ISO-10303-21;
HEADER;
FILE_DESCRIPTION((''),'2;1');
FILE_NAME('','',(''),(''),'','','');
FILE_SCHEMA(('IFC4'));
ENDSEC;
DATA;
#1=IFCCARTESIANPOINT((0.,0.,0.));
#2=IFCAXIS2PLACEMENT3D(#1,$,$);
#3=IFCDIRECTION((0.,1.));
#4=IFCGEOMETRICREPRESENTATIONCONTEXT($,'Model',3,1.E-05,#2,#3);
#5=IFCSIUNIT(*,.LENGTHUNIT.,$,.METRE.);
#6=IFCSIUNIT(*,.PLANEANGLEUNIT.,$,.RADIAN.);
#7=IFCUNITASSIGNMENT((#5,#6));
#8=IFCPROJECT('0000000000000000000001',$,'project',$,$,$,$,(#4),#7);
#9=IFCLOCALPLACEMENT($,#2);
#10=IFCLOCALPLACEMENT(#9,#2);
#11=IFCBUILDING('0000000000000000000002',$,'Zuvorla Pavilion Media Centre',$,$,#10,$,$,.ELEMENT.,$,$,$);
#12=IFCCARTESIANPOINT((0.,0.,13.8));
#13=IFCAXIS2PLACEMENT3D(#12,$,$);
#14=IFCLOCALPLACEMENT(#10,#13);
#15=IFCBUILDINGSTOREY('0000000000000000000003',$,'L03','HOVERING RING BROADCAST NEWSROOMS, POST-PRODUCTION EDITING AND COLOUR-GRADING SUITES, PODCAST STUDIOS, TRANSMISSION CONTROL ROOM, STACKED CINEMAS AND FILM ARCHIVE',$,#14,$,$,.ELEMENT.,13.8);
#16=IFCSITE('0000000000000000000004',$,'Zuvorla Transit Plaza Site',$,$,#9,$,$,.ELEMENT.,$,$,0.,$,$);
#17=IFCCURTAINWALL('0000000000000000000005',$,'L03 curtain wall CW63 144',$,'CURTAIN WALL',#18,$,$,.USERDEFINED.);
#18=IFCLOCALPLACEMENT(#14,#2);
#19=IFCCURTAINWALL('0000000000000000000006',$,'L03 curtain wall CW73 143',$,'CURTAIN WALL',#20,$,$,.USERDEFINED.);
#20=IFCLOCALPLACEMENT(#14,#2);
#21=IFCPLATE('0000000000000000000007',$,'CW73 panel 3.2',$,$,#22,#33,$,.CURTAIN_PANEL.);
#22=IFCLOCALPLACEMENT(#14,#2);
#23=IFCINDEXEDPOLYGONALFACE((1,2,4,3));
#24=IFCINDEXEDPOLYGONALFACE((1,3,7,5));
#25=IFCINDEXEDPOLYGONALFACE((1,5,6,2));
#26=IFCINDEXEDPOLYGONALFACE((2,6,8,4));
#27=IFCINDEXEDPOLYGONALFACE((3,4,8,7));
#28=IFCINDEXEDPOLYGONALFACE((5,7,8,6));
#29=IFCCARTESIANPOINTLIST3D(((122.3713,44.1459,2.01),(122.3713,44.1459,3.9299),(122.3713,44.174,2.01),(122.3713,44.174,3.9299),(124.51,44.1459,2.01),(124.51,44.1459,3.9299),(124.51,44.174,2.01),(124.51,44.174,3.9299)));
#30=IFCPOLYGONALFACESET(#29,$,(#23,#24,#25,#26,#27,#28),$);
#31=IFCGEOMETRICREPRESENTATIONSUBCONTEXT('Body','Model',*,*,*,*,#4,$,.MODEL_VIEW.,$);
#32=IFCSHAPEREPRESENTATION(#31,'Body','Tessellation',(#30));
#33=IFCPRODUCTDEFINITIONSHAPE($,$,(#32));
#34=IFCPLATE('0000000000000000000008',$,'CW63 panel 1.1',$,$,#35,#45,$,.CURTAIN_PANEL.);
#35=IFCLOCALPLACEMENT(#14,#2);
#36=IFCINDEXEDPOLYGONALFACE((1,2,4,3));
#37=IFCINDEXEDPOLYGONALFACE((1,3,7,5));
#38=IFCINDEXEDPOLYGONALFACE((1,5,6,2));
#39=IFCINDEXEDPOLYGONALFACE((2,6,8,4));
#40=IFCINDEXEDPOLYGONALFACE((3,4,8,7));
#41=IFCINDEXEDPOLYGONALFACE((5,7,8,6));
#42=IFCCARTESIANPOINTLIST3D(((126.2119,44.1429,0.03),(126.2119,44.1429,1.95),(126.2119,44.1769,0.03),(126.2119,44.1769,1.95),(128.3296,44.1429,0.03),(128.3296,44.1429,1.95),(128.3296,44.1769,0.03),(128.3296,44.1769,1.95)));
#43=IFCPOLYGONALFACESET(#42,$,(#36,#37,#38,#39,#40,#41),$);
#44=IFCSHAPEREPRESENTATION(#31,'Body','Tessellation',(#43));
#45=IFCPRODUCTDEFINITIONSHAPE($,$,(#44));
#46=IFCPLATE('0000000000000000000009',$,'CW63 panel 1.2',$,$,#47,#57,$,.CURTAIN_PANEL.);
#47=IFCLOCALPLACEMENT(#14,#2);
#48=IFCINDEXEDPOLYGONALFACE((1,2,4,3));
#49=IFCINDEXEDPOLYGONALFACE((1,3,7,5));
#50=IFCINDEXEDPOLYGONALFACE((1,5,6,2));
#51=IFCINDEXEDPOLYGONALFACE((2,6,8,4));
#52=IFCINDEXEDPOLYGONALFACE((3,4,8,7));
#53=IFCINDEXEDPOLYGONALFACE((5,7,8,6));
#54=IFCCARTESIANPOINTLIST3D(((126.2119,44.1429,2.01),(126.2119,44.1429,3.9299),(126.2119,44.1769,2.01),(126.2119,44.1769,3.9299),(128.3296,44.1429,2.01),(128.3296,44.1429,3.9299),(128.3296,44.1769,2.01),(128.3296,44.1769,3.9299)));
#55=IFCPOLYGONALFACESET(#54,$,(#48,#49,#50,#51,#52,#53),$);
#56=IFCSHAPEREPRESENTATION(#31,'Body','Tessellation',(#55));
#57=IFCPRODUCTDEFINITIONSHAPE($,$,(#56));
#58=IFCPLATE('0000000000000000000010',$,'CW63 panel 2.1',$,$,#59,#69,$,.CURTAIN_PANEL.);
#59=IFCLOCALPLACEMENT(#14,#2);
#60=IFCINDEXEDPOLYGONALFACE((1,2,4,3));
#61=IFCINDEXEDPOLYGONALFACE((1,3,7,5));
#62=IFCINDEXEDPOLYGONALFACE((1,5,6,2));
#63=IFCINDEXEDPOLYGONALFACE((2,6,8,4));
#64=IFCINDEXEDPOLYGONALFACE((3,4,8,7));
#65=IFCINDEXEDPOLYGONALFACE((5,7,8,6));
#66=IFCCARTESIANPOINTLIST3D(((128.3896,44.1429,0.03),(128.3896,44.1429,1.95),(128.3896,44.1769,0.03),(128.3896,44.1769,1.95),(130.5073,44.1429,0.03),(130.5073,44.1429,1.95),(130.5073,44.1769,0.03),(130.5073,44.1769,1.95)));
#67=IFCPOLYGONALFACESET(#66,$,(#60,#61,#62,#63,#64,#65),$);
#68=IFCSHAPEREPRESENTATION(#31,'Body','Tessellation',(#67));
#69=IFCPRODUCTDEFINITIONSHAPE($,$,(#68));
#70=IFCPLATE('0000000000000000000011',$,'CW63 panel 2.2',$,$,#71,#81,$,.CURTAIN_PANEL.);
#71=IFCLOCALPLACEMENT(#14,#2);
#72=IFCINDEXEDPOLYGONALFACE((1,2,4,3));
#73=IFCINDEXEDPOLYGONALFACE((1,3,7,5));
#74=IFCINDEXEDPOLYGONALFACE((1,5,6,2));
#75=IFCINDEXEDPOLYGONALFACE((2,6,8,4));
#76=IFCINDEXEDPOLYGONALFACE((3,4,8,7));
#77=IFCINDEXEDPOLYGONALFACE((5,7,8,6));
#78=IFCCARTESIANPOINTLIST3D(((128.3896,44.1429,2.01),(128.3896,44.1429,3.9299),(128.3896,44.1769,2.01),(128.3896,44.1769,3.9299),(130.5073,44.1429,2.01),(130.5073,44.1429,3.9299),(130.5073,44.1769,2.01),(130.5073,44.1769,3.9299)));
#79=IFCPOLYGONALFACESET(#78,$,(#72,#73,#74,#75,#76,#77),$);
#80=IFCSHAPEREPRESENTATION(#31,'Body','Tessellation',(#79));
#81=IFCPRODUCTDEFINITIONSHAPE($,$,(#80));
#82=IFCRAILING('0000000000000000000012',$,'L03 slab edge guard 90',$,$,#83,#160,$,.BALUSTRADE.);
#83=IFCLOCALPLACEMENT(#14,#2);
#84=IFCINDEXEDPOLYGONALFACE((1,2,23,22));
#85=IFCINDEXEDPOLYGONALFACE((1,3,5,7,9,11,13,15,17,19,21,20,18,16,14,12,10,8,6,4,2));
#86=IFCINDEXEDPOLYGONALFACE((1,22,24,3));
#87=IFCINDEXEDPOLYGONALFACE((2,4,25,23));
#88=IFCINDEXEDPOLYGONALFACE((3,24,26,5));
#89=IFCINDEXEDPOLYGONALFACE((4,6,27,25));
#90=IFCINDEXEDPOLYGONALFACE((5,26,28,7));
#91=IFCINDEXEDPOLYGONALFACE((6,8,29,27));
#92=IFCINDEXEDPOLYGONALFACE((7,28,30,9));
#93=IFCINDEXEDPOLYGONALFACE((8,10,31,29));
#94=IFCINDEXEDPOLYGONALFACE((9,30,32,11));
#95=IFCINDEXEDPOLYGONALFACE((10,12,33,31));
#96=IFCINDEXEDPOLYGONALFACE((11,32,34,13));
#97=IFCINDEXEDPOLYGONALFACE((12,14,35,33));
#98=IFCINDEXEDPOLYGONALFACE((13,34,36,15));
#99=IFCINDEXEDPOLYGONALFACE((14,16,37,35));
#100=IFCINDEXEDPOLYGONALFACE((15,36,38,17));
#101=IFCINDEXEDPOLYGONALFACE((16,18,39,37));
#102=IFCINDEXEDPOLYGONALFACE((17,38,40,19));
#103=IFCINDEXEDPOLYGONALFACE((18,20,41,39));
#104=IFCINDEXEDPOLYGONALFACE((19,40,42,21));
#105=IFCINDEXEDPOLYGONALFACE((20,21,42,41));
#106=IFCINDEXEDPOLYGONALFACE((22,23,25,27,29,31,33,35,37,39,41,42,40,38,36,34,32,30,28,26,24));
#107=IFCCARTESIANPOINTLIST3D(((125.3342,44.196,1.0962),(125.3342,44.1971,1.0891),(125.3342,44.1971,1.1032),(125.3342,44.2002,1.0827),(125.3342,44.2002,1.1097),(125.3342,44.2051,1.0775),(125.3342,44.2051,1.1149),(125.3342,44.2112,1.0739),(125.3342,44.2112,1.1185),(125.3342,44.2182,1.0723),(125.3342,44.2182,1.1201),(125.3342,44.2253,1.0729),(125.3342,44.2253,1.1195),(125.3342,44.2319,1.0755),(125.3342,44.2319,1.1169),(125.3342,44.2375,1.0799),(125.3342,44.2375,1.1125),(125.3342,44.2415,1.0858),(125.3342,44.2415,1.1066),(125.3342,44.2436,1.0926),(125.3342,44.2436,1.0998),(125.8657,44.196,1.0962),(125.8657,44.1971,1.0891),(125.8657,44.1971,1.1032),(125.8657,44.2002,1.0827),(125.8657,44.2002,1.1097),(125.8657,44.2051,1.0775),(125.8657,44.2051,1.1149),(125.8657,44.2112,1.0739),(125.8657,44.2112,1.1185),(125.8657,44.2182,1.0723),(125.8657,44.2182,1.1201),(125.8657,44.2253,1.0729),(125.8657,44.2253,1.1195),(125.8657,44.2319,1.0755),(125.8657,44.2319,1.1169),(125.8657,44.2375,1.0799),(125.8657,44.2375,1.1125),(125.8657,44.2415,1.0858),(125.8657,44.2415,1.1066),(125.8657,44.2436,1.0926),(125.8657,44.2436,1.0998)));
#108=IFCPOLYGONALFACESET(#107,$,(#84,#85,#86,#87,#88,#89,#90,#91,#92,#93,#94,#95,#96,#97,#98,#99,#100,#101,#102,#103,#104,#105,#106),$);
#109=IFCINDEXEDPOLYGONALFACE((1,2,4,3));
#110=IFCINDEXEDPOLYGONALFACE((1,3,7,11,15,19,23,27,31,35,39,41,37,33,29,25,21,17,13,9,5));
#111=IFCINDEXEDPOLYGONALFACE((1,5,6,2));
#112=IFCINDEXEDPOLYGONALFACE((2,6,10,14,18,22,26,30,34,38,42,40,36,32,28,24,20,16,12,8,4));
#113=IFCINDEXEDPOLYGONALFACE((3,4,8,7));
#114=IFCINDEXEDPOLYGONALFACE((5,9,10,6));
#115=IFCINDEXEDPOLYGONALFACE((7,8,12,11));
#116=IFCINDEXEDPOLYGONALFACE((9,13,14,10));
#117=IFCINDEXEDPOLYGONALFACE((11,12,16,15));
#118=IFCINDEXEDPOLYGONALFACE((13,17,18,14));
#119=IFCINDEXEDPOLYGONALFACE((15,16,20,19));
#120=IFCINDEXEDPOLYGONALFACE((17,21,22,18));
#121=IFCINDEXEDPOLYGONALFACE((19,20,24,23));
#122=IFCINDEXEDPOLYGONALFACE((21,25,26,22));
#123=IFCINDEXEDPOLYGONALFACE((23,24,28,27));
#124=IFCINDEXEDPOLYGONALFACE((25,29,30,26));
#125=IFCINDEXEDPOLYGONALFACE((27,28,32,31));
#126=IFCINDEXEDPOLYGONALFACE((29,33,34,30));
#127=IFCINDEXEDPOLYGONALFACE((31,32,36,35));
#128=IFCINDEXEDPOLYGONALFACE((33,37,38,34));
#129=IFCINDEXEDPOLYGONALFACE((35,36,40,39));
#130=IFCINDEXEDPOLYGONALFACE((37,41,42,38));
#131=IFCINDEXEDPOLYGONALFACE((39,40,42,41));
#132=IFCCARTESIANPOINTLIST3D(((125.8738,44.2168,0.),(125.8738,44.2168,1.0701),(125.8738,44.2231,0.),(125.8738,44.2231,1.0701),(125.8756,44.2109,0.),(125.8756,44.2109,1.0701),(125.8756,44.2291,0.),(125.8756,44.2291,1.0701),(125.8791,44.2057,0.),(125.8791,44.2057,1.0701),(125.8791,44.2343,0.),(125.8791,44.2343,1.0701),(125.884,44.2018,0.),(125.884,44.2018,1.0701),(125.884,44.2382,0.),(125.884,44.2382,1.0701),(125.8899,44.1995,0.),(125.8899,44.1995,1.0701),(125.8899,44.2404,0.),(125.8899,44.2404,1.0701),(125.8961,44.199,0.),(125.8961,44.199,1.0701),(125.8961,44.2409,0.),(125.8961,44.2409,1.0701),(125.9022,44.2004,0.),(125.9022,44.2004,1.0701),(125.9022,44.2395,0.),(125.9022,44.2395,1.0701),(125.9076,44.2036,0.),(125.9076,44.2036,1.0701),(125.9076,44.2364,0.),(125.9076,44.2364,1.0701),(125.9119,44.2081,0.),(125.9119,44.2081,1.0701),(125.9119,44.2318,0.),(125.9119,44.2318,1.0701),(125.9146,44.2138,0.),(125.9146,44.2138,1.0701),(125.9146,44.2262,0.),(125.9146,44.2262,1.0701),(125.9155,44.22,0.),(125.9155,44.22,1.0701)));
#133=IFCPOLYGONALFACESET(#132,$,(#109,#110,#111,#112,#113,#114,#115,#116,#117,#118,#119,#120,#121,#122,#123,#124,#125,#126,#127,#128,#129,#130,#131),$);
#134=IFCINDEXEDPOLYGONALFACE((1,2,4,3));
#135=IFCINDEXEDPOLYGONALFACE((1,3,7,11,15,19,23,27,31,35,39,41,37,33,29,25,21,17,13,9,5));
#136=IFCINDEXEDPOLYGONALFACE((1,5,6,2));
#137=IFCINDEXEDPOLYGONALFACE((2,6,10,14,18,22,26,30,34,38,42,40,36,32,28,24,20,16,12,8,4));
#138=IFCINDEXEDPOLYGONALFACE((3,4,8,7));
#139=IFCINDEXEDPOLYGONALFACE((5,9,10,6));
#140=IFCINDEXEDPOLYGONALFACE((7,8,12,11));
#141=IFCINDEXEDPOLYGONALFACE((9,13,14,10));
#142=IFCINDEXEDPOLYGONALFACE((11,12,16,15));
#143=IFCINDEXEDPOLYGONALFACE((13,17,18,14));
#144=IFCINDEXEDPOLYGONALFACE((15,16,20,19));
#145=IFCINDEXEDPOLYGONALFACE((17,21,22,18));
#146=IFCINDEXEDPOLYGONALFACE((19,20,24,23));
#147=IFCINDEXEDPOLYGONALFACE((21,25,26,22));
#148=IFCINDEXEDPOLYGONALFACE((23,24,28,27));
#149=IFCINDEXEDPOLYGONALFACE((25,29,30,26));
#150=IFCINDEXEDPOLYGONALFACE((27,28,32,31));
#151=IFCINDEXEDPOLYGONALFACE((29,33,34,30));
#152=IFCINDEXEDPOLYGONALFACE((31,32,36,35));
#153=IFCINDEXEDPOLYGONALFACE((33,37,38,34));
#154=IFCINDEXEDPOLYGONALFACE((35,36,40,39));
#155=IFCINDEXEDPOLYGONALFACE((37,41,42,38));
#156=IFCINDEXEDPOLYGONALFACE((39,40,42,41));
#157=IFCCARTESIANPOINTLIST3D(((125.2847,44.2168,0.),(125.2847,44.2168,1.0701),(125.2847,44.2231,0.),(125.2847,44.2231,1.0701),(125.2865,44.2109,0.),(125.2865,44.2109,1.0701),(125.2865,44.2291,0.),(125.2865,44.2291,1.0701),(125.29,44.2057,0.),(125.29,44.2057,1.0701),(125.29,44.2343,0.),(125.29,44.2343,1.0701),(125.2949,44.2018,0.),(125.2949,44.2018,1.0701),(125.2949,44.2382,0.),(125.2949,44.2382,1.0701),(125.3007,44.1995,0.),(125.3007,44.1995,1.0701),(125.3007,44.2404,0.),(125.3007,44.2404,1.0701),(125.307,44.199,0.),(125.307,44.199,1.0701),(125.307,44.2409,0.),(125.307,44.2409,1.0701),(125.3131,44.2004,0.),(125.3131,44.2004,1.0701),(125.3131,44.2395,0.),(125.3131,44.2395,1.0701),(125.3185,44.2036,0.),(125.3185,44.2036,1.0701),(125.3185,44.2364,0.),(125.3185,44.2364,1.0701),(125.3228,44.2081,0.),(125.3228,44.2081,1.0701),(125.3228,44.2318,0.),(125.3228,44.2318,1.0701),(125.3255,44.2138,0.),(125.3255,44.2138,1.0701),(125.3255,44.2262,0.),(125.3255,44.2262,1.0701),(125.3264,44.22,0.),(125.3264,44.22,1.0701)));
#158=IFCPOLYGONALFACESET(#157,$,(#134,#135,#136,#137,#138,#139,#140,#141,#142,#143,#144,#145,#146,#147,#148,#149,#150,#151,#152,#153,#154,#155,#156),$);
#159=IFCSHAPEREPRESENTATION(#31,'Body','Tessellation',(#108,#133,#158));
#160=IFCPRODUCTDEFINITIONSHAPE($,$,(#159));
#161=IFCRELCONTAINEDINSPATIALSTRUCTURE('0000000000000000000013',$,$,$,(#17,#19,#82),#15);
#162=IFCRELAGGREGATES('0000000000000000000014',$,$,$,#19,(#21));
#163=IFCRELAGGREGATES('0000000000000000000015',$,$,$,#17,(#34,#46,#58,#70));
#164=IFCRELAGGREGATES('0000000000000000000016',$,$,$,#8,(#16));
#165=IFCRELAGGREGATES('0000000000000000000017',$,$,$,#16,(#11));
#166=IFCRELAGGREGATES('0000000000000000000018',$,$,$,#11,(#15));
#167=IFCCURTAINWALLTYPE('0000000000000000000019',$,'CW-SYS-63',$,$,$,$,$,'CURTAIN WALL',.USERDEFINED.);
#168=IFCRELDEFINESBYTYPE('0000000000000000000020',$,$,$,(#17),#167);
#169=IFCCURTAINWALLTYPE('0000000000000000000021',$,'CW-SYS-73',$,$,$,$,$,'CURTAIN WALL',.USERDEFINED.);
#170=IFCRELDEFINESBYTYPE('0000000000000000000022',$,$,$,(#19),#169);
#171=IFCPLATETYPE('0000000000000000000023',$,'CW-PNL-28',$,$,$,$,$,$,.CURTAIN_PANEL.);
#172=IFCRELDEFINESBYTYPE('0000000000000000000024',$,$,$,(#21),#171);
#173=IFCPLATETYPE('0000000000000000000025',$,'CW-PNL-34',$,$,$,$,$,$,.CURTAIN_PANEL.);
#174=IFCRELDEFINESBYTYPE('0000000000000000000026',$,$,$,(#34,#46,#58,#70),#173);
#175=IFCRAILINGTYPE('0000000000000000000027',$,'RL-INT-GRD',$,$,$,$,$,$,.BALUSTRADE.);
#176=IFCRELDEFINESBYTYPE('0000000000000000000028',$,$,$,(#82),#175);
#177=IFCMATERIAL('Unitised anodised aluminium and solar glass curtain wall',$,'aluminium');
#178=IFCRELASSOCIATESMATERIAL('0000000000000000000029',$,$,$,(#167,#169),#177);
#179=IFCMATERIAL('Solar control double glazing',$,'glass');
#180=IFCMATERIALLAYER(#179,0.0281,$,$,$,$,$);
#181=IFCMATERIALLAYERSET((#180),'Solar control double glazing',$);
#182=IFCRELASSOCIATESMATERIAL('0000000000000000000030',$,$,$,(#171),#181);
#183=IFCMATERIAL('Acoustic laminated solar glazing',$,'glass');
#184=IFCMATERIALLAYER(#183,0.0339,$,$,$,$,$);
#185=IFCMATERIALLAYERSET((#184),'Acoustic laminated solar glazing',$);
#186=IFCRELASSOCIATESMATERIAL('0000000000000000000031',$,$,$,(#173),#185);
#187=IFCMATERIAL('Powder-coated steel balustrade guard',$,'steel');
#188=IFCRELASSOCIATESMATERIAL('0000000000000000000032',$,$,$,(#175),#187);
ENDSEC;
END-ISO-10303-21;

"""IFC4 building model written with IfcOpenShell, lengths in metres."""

from ifc_helpers import new_model, si_unit, direction, frame, origin, origin_2d, place, context, subcontext, project, spatial, rectangle, circle, extrude, material, layer, layer_set, type_object, element, aggregate, save


model = new_model("IFC4")

# Units and contexts
model_context = context("Model", 3, precision=1e-05, world=origin(), true_north=direction((0.0, 1.0)))
body_context = subcontext(model_context, "Body", "Model", "MODEL_VIEW")
ifc_project = project(units=[si_unit("LENGTHUNIT", "METRE"), si_unit("PLANEANGLEUNIT", "RADIAN")], contexts=[model_context])

# Site, building, storey
site_placement = place(None, origin())
site = spatial("IfcSite", under=ifc_project, at=site_placement, Name="Zuvorla Transit Plaza Site", CompositionType="ELEMENT", RefElevation=0.0)
building_placement = place(site_placement, origin())
building = spatial("IfcBuilding", under=site, at=building_placement, Name="Zuvorla Pavilion Media Centre", CompositionType="ELEMENT")
storey_placement = place(building_placement, frame((0.0, 0.0, 13.8)))
storey = spatial("IfcBuildingStorey", under=building, at=storey_placement, Name="L03", Description="HOVERING RING BROADCAST NEWSROOMS, POST-PRODUCTION EDITING AND COLOUR-GRADING SUITES, PODCAST STUDIOS, TRANSMISSION CONTROL ROOM, STACKED CINEMAS AND FILM ARCHIVE", CompositionType="ELEMENT", Elevation=13.8)

# Curtain walls
ifc_material_1 = material(Name="Unitised anodised aluminium and solar glass curtain wall", Category="aluminium")
curtain_wall_type_1 = type_object("IfcCurtainWallType", Name="CW-SYS-63", ElementType="CURTAIN WALL", PredefinedType="USERDEFINED", material=ifc_material_1)
curtain_wall_1_placement = place(storey_placement, origin())
curtain_wall_1 = element("IfcCurtainWall", 1, at=curtain_wall_1_placement, inside=storey, type_object=curtain_wall_type_1, Name="L03 curtain wall CW63 144", ObjectType="CURTAIN WALL", PredefinedType="USERDEFINED")
curtain_wall_type_2 = type_object("IfcCurtainWallType", Name="CW-SYS-73", ElementType="CURTAIN WALL", PredefinedType="USERDEFINED", material=ifc_material_1)
curtain_wall_2_placement = place(storey_placement, origin())
curtain_wall_2 = element("IfcCurtainWall", 2, at=curtain_wall_2_placement, inside=storey, type_object=curtain_wall_type_2, Name="L03 curtain wall CW73 143", ObjectType="CURTAIN WALL", PredefinedType="USERDEFINED")

# Plates
ifc_material_2 = material(Name="Solar control double glazing", Category="glass")
ifc_layer_1 = layer(ifc_material_2, 0.0281)
ifc_layer_set_1 = layer_set([ifc_layer_1], Name="Solar control double glazing")
plate_type_1 = type_object("IfcPlateType", Name="CW-PNL-28", PredefinedType="CURTAIN_PANEL", material=ifc_layer_set_1)
plate_1_placement = place(storey_placement, frame((123.4407, 44.1599, 2.01), z_axis=(0.0, 0.0, 1.0), x_axis=(1.0, 0.0, 0.0)))
plate_1 = element("IfcPlate", 3, at=plate_1_placement, type_object=plate_type_1, Name="CW73 panel 3.2", PredefinedType="CURTAIN_PANEL", context=body_context, shape_type="SweptSolid", body=[
    extrude(rectangle(XDim=2.1387, YDim=0.0281, at=origin_2d()), origin(), (0.0, 0.0, 1.0), 1.9199),
])
aggregate(curtain_wall_2, [plate_1])
ifc_material_3 = material(Name="Acoustic laminated solar glazing", Category="glass")
ifc_layer_2 = layer(ifc_material_3, 0.0339)
ifc_layer_set_2 = layer_set([ifc_layer_2], Name="Acoustic laminated solar glazing")
plate_type_2 = type_object("IfcPlateType", Name="CW-PNL-34", PredefinedType="CURTAIN_PANEL", material=ifc_layer_set_2)
plate_2_placement = place(storey_placement, frame((127.2708, 44.1599, 0.03), z_axis=(0.0, 0.0, 1.0), x_axis=(1.0, 0.0, 0.0)))
plate_2 = element("IfcPlate", 4, at=plate_2_placement, type_object=plate_type_2, Name="CW63 panel 1.1", PredefinedType="CURTAIN_PANEL", context=body_context, shape_type="SweptSolid", body=[
    extrude(rectangle(XDim=2.1177, YDim=0.0339, at=origin_2d()), origin(), (0.0, 0.0, 1.0), 1.9199),
])
plate_3_placement = place(storey_placement, frame((127.2708, 44.1599, 2.01), z_axis=(0.0, 0.0, 1.0), x_axis=(1.0, 0.0, 0.0)))
plate_3 = element("IfcPlate", 5, at=plate_3_placement, type_object=plate_type_2, Name="CW63 panel 1.2", PredefinedType="CURTAIN_PANEL", context=body_context, shape_type="SweptSolid", body=[
    extrude(rectangle(XDim=2.1177, YDim=0.0339, at=origin_2d()), origin(), (0.0, 0.0, 1.0), 1.9199),
])
plate_4_placement = place(storey_placement, frame((129.4485, 44.1599, 0.03), z_axis=(0.0, 0.0, 1.0), x_axis=(1.0, 0.0, 0.0)))
plate_4 = element("IfcPlate", 6, at=plate_4_placement, type_object=plate_type_2, Name="CW63 panel 2.1", PredefinedType="CURTAIN_PANEL", context=body_context, shape_type="SweptSolid", body=[
    extrude(rectangle(XDim=2.1177, YDim=0.0339, at=origin_2d()), origin(), (0.0, 0.0, 1.0), 1.9199),
])
plate_5_placement = place(storey_placement, frame((129.4485, 44.1599, 2.01), z_axis=(0.0, 0.0, 1.0), x_axis=(1.0, 0.0, 0.0)))
plate_5 = element("IfcPlate", 7, at=plate_5_placement, type_object=plate_type_2, Name="CW63 panel 2.2", PredefinedType="CURTAIN_PANEL", context=body_context, shape_type="SweptSolid", body=[
    extrude(rectangle(XDim=2.1177, YDim=0.0339, at=origin_2d()), origin(), (0.0, 0.0, 1.0), 1.9199),
])
aggregate(curtain_wall_1, [plate_2, plate_3, plate_4, plate_5])

# Railing
ifc_material_4 = material(Name="Powder-coated steel balustrade guard", Category="steel")
railing_type = type_object("IfcRailingType", Name="RL-INT-GRD", PredefinedType="BALUSTRADE", material=ifc_material_4)
railing_placement = place(storey_placement, frame((125.8945, 44.22, 0.0)))
element("IfcRailing", 8, at=railing_placement, inside=storey, type_object=railing_type, Name="L03 slab edge guard 90", PredefinedType="BALUSTRADE", context=body_context, shape_type="SweptSolid", body=[
    extrude(circle(Radius=0.0239, at=origin_2d()), frame((-0.0288, 0.0, 1.0962), z_axis=(-1.0, 0.0, 0.0), x_axis=(0.0, -1.0, 0.0)), (0.0, 0.0, 1.0), 0.5315),
    extrude(circle(Radius=0.021, at=origin_2d()), origin(), (0.0, 0.0, 1.0), 1.0701),
    extrude(circle(Radius=0.021, at=origin_2d()), frame((-0.5891, 0.0, 0.0)), (0.0, 0.0, 1.0), 1.0701),
])

save(model, "model.ifc")
